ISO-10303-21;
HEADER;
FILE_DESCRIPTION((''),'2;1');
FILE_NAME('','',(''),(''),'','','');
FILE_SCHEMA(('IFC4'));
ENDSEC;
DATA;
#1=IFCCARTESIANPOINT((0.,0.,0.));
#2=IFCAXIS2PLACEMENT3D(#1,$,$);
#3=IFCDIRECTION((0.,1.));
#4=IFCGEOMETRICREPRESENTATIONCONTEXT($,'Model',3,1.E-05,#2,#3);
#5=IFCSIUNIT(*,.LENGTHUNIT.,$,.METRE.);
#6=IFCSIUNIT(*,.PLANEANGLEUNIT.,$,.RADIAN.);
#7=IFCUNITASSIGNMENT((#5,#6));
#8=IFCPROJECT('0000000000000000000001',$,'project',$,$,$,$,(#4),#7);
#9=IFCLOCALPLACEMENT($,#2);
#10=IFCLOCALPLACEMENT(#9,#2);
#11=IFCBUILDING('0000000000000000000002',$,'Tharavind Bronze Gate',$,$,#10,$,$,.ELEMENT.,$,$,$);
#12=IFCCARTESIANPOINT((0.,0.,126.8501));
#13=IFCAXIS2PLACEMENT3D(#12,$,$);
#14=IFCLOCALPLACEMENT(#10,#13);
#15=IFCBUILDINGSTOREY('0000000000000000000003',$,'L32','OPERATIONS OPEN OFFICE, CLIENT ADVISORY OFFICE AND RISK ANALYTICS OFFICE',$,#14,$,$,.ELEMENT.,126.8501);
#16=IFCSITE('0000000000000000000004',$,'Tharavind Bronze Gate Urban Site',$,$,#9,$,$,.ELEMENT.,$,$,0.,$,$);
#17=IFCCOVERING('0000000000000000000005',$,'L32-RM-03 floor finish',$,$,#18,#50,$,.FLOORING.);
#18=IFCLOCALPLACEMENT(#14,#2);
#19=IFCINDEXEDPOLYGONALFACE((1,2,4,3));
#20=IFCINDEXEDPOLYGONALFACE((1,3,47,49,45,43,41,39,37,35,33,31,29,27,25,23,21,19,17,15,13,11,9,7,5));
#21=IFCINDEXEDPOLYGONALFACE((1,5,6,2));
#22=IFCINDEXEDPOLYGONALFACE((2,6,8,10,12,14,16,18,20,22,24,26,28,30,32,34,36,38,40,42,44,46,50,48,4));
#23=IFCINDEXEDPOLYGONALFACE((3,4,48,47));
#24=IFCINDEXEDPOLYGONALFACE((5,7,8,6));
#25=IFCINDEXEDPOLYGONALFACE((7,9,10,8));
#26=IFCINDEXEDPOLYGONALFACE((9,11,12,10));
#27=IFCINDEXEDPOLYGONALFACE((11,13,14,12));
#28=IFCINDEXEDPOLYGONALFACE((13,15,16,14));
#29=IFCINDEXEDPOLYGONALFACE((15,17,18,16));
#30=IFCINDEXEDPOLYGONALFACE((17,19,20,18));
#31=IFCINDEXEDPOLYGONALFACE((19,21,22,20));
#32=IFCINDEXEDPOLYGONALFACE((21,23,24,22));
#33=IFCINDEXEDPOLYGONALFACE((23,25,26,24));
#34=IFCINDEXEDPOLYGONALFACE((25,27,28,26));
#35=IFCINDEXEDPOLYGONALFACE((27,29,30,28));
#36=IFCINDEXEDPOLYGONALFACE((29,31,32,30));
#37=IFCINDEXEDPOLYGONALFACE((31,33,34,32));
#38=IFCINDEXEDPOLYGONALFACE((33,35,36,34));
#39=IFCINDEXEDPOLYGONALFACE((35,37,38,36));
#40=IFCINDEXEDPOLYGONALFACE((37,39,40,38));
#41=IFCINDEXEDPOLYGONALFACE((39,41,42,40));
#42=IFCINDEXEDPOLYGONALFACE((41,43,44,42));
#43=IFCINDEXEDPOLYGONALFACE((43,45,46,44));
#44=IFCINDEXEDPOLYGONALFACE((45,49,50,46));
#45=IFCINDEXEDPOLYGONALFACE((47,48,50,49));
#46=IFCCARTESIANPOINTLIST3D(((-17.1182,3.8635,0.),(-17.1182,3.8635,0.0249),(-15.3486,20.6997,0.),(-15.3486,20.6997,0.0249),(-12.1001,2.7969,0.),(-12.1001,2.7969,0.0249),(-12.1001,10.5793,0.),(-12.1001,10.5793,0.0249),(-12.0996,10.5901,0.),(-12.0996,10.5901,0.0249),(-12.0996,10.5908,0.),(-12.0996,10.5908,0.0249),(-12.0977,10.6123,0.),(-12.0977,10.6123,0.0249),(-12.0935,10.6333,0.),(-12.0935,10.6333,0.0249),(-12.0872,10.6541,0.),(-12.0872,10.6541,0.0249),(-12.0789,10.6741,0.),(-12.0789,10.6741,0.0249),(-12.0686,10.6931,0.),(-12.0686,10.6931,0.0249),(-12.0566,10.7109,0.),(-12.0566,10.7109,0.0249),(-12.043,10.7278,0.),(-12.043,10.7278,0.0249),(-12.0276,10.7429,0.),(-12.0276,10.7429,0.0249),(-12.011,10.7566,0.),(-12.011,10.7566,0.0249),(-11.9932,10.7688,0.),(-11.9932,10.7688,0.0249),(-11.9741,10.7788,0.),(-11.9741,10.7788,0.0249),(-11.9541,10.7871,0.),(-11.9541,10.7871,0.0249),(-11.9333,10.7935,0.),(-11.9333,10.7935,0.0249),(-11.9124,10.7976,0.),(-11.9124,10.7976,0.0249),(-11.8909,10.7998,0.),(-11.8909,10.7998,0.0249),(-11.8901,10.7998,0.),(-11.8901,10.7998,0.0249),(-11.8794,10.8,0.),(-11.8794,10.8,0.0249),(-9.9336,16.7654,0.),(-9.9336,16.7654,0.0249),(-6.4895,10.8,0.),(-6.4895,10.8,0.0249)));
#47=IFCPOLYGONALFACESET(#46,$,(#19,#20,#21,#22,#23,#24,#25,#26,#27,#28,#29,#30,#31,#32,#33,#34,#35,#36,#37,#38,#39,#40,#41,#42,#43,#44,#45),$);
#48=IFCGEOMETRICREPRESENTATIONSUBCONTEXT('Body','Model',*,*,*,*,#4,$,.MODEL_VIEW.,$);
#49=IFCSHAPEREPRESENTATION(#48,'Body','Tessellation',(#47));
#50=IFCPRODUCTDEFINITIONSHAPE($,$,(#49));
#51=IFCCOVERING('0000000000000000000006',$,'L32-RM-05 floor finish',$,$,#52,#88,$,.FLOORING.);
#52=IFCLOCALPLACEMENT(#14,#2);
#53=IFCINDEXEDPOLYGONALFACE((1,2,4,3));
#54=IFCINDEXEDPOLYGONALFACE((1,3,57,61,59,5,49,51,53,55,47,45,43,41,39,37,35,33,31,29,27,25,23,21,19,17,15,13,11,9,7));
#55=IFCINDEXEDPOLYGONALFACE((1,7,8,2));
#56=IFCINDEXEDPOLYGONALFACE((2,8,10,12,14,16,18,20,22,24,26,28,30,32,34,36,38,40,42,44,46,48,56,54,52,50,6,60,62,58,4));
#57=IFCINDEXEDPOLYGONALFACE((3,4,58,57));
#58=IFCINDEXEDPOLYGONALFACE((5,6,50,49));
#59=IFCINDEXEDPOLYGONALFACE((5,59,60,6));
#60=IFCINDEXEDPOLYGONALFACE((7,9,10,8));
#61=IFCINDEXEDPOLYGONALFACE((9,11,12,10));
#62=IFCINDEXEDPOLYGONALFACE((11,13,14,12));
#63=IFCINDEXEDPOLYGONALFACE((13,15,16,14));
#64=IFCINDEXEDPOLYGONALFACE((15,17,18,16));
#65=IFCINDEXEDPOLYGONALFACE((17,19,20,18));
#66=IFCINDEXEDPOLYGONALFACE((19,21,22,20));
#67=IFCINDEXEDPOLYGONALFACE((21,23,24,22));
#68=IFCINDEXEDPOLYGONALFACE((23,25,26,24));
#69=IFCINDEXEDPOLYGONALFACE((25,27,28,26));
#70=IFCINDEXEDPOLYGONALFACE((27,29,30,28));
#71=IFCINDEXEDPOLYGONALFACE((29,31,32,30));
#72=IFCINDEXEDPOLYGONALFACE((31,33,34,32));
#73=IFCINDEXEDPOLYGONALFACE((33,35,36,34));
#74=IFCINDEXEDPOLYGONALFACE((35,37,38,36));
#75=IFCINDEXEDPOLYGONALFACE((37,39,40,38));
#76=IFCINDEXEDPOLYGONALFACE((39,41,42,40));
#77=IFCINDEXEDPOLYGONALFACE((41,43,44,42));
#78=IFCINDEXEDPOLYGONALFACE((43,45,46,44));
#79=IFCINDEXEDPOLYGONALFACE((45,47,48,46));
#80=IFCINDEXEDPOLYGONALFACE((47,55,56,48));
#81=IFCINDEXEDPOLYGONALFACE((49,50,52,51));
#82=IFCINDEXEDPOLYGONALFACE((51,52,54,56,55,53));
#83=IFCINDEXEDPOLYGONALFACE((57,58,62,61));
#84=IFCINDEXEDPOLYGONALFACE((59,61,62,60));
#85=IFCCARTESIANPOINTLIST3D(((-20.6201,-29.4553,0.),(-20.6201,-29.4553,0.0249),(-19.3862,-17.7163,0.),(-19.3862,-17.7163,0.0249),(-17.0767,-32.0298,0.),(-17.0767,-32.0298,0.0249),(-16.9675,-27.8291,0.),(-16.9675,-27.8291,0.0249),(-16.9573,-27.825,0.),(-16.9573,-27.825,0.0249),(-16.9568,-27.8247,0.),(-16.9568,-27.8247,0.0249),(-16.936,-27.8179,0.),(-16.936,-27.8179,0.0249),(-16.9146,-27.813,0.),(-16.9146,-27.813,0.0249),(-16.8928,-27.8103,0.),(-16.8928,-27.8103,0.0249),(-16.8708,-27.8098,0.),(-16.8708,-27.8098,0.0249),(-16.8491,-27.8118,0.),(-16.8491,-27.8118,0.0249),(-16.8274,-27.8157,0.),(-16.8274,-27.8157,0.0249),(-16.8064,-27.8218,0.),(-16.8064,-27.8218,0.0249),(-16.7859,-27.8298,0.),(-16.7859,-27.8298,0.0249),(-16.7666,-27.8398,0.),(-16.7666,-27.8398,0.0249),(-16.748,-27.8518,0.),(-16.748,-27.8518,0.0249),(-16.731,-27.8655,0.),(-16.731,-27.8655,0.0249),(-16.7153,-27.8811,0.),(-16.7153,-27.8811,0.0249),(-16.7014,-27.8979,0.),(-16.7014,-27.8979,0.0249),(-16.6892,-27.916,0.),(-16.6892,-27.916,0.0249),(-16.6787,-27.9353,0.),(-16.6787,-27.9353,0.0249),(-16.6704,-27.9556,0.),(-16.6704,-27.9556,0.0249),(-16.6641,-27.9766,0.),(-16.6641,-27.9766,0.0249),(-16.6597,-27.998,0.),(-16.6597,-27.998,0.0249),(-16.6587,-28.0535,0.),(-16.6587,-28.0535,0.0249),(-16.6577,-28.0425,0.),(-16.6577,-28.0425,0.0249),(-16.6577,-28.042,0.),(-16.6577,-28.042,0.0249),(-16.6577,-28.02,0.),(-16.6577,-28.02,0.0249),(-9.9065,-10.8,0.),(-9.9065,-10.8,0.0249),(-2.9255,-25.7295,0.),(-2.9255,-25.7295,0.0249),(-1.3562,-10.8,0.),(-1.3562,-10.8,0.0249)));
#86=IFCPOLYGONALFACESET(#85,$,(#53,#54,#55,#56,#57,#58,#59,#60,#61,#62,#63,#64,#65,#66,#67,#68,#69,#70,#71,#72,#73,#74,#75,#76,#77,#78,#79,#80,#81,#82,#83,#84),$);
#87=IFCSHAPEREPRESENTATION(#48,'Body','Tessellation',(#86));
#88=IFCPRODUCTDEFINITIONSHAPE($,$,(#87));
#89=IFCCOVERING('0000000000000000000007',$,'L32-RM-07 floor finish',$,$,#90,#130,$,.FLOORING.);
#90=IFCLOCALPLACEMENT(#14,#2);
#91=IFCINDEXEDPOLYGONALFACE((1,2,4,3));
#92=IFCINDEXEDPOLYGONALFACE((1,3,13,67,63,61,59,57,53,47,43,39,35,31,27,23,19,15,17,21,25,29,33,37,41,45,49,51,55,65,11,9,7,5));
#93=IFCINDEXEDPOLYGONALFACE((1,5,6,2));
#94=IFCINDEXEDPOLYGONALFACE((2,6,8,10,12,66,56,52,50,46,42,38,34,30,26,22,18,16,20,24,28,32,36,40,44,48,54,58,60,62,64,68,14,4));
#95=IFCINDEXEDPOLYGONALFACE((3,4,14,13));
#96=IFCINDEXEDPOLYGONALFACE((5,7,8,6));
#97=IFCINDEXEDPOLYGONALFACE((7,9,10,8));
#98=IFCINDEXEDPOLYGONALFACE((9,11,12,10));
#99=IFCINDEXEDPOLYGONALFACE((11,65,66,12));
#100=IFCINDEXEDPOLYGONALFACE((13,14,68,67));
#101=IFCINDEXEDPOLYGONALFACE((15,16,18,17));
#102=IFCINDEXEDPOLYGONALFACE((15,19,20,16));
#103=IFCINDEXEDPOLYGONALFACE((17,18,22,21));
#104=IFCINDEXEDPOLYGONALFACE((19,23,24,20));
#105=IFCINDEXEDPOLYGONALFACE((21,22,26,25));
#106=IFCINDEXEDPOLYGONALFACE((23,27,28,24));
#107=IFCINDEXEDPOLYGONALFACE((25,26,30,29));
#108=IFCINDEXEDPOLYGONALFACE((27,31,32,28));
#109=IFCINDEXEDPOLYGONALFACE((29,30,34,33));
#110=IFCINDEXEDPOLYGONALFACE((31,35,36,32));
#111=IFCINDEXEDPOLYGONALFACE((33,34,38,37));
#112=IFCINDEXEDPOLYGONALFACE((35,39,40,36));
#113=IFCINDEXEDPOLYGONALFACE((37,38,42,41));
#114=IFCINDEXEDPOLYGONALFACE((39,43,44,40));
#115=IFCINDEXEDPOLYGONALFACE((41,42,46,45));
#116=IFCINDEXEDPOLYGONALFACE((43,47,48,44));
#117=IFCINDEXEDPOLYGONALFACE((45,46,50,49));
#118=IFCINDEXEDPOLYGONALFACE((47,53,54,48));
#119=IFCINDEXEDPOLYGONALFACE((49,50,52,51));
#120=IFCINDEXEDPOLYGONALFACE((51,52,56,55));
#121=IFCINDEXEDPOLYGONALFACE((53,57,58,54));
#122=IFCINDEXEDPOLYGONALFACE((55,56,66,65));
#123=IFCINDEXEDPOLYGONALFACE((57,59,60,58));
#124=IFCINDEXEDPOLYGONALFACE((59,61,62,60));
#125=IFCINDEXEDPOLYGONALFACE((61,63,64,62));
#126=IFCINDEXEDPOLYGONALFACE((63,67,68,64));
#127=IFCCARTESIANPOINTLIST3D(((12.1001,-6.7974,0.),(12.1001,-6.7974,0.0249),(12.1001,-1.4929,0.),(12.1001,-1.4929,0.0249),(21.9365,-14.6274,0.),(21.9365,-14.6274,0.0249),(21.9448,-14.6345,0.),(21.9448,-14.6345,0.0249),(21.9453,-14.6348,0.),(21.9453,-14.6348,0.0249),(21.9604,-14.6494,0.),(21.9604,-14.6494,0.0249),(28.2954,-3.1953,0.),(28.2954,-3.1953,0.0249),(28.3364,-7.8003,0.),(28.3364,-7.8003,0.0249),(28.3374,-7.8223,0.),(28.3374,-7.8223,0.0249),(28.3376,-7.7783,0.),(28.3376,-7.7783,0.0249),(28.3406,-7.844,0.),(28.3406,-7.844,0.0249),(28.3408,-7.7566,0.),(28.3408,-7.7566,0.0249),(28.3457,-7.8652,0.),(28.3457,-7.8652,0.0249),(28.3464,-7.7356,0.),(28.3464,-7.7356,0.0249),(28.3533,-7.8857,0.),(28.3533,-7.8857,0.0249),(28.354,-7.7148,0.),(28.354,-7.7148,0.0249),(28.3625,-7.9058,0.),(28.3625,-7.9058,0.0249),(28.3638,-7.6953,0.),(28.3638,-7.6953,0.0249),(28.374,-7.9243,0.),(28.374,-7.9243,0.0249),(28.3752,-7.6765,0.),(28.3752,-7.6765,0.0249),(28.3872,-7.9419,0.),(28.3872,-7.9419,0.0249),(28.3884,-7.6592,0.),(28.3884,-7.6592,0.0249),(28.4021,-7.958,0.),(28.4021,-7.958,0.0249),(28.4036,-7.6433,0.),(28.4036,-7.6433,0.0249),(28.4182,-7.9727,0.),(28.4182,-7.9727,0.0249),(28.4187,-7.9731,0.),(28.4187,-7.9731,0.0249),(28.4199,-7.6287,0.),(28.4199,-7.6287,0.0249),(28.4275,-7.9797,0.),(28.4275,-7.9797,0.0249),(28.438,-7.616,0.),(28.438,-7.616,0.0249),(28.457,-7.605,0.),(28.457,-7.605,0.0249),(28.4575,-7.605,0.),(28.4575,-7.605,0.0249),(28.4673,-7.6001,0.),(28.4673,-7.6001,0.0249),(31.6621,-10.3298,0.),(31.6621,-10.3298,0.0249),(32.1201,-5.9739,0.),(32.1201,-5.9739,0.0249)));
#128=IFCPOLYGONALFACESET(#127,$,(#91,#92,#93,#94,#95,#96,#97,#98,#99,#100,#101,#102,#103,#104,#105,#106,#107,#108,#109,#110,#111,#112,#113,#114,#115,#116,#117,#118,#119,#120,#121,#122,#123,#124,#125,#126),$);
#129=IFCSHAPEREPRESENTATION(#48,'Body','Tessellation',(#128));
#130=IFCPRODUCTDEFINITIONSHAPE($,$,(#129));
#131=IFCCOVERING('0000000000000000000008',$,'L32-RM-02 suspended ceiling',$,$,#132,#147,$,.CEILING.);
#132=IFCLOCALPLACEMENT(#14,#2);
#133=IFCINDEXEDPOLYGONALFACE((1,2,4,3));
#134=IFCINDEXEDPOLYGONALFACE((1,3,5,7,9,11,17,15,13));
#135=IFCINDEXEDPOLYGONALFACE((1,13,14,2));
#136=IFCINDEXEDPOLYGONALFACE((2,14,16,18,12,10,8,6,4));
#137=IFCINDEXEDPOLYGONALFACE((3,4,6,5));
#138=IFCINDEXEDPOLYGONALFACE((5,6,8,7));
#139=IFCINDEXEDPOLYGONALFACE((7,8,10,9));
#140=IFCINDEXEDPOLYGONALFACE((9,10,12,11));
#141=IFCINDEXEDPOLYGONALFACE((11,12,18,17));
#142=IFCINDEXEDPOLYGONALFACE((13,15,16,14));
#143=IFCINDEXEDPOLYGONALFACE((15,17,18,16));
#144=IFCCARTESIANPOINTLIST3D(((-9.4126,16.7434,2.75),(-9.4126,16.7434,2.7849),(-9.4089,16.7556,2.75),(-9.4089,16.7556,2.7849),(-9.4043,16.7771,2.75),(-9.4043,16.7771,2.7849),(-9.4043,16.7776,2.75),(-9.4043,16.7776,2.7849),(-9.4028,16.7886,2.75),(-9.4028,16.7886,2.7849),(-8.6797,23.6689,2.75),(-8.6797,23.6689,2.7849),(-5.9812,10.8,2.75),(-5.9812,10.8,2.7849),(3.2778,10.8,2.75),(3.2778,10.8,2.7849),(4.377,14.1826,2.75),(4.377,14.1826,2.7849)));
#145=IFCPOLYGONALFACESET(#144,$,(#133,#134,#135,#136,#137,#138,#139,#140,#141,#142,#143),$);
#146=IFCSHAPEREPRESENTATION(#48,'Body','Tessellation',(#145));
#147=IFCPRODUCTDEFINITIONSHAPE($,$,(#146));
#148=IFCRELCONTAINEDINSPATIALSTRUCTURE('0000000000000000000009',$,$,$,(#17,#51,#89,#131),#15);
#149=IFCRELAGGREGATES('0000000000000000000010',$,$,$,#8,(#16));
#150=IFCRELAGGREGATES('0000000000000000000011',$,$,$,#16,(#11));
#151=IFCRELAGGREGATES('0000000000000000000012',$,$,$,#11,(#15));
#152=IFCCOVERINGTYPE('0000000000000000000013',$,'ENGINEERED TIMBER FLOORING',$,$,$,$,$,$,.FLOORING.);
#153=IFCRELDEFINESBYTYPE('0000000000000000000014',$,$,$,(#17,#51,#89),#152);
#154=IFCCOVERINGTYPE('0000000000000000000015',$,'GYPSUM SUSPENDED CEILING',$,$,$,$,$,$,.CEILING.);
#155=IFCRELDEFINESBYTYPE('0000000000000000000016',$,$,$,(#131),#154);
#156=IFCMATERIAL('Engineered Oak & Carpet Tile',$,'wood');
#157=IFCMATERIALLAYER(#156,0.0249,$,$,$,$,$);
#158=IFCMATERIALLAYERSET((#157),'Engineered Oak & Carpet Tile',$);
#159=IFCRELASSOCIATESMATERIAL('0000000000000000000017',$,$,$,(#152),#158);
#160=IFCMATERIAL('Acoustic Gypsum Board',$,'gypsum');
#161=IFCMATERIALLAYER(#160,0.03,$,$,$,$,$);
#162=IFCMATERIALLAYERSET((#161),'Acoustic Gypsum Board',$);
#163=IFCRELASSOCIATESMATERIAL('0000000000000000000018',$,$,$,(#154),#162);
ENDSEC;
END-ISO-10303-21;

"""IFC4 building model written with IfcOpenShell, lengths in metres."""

from ifc_helpers import new_model, si_unit, direction, frame, origin, place, context, subcontext, project, spatial, polyline, outline, extrude, material, layer, layer_set, type_object, element, save


model = new_model("IFC4")

# Units and contexts
model_context = context("Model", 3, precision=1e-05, world=origin(), true_north=direction((0.0, 1.0)))
body_context = subcontext(model_context, "Body", "Model", "MODEL_VIEW")
ifc_project = project(units=[si_unit("LENGTHUNIT", "METRE"), si_unit("PLANEANGLEUNIT", "RADIAN")], contexts=[model_context])

# Site, building, storey
site_placement = place(None, origin())
site = spatial("IfcSite", under=ifc_project, at=site_placement, Name="Tharavind Bronze Gate Urban Site", CompositionType="ELEMENT", RefElevation=0.0)
building_placement = place(site_placement, origin())
building = spatial("IfcBuilding", under=site, at=building_placement, Name="Tharavind Bronze Gate", CompositionType="ELEMENT")
storey_placement = place(building_placement, frame((0.0, 0.0, 126.8501)))
storey = spatial("IfcBuildingStorey", under=building, at=storey_placement, Name="L32", Description="OPERATIONS OPEN OFFICE, CLIENT ADVISORY OFFICE AND RISK ANALYTICS OFFICE", CompositionType="ELEMENT", Elevation=126.8501)

# Coverings
ifc_material_1 = material(Name="Engineered Oak & Carpet Tile", Category="wood")
ifc_layer_1 = layer(ifc_material_1, 0.0249)
ifc_layer_set_1 = layer_set([ifc_layer_1], Name="Engineered Oak & Carpet Tile")
covering_type_1 = type_object("IfcCoveringType", Name="ENGINEERED TIMBER FLOORING", PredefinedType="FLOORING", material=ifc_layer_set_1)
covering_1_placement = place(storey_placement, origin())
element("IfcCovering", 1, at=covering_1_placement, inside=storey, type_object=covering_type_1, Name="L32-RM-03 floor finish", PredefinedType="FLOORING", context=body_context, shape_type="SweptSolid", body=[
    extrude(outline(polyline([(-12.1001, 2.7969), (-12.1001, 10.5793), (-12.0996, 10.5901), (-12.0996, 10.5908), (-12.0977, 10.6123), (-12.0935, 10.6333), (-12.0872, 10.6541), (-12.0789, 10.6741), (-12.0686, 10.6931), (-12.0566, 10.7109), (-12.043, 10.7278), (-12.0276, 10.7429), (-12.011, 10.7566), (-11.9932, 10.7688), (-11.9741, 10.7788), (-11.9541, 10.7871), (-11.9333, 10.7935), (-11.9124, 10.7976), (-11.8909, 10.7998), (-11.8901, 10.7998), (-11.8794, 10.8), (-6.4895, 10.8), (-9.9336, 16.7654), (-15.3486, 20.6997), (-17.1182, 3.8635), (-12.1001, 2.7969)])), origin(), (0.0, 0.0, 1.0), 0.0249),
])
covering_2_placement = place(storey_placement, origin())
element("IfcCovering", 2, at=covering_2_placement, inside=storey, type_object=covering_type_1, Name="L32-RM-05 floor finish", PredefinedType="FLOORING", context=body_context, shape_type="SweptSolid", body=[
    extrude(outline(polyline([(-16.9675, -27.8291), (-16.9573, -27.825), (-16.9568, -27.8247), (-16.936, -27.8179), (-16.9146, -27.813), (-16.8928, -27.8103), (-16.8708, -27.8098), (-16.8491, -27.8118), (-16.8274, -27.8157), (-16.8064, -27.8218), (-16.7859, -27.8298), (-16.7666, -27.8398), (-16.748, -27.8518), (-16.731, -27.8655), (-16.7153, -27.8811), (-16.7014, -27.8979), (-16.6892, -27.916), (-16.6787, -27.9353), (-16.6704, -27.9556), (-16.6641, -27.9766), (-16.6597, -27.998), (-16.6577, -28.02), (-16.6577, -28.042), (-16.6577, -28.0425), (-16.6587, -28.0535), (-17.0767, -32.0298), (-2.9255, -25.7295), (-1.3562, -10.8), (-9.9065, -10.8), (-19.3862, -17.7163), (-20.6201, -29.4553), (-16.9675, -27.8291)])), origin(), (0.0, 0.0, 1.0), 0.0249),
])
covering_3_placement = place(storey_placement, origin())
element("IfcCovering", 3, at=covering_3_placement, inside=storey, type_object=covering_type_1, Name="L32-RM-07 floor finish", PredefinedType="FLOORING", context=body_context, shape_type="SweptSolid", body=[
    extrude(outline(polyline([(12.1001, -6.7974), (21.9365, -14.6274), (21.9448, -14.6345), (21.9453, -14.6348), (21.9604, -14.6494), (31.6621, -10.3298), (28.4275, -7.9797), (28.4187, -7.9731), (28.4182, -7.9727), (28.4021, -7.958), (28.3872, -7.9419), (28.374, -7.9243), (28.3625, -7.9058), (28.3533, -7.8857), (28.3457, -7.8652), (28.3406, -7.844), (28.3374, -7.8223), (28.3364, -7.8003), (28.3376, -7.7783), (28.3408, -7.7566), (28.3464, -7.7356), (28.354, -7.7148), (28.3638, -7.6953), (28.3752, -7.6765), (28.3884, -7.6592), (28.4036, -7.6433), (28.4199, -7.6287), (28.438, -7.616), (28.457, -7.605), (28.4575, -7.605), (28.4673, -7.6001), (32.1201, -5.9739), (28.2954, -3.1953), (12.1001, -1.4929), (12.1001, -6.7974)])), origin(), (0.0, 0.0, 1.0), 0.0249),
])
ifc_material_2 = material(Name="Acoustic Gypsum Board", Category="gypsum")
ifc_layer_2 = layer(ifc_material_2, 0.03)
ifc_layer_set_2 = layer_set([ifc_layer_2], Name="Acoustic Gypsum Board")
covering_type_2 = type_object("IfcCoveringType", Name="GYPSUM SUSPENDED CEILING", PredefinedType="CEILING", material=ifc_layer_set_2)
covering_4_placement = place(storey_placement, frame((0.0, 0.0, 2.75)))
element("IfcCovering", 4, at=covering_4_placement, inside=storey, type_object=covering_type_2, Name="L32-RM-02 suspended ceiling", PredefinedType="CEILING", context=body_context, shape_type="SweptSolid", body=[
    extrude(outline(polyline([(-5.9812, 10.8), (3.2778, 10.8), (4.377, 14.1826), (-8.6797, 23.6689), (-9.4028, 16.7886), (-9.4043, 16.7776), (-9.4043, 16.7771), (-9.4089, 16.7556), (-9.4126, 16.7434), (-5.9812, 10.8)])), origin(), (0.0, 0.0, 1.0), 0.0349),
])

save(model, "model.ifc")
